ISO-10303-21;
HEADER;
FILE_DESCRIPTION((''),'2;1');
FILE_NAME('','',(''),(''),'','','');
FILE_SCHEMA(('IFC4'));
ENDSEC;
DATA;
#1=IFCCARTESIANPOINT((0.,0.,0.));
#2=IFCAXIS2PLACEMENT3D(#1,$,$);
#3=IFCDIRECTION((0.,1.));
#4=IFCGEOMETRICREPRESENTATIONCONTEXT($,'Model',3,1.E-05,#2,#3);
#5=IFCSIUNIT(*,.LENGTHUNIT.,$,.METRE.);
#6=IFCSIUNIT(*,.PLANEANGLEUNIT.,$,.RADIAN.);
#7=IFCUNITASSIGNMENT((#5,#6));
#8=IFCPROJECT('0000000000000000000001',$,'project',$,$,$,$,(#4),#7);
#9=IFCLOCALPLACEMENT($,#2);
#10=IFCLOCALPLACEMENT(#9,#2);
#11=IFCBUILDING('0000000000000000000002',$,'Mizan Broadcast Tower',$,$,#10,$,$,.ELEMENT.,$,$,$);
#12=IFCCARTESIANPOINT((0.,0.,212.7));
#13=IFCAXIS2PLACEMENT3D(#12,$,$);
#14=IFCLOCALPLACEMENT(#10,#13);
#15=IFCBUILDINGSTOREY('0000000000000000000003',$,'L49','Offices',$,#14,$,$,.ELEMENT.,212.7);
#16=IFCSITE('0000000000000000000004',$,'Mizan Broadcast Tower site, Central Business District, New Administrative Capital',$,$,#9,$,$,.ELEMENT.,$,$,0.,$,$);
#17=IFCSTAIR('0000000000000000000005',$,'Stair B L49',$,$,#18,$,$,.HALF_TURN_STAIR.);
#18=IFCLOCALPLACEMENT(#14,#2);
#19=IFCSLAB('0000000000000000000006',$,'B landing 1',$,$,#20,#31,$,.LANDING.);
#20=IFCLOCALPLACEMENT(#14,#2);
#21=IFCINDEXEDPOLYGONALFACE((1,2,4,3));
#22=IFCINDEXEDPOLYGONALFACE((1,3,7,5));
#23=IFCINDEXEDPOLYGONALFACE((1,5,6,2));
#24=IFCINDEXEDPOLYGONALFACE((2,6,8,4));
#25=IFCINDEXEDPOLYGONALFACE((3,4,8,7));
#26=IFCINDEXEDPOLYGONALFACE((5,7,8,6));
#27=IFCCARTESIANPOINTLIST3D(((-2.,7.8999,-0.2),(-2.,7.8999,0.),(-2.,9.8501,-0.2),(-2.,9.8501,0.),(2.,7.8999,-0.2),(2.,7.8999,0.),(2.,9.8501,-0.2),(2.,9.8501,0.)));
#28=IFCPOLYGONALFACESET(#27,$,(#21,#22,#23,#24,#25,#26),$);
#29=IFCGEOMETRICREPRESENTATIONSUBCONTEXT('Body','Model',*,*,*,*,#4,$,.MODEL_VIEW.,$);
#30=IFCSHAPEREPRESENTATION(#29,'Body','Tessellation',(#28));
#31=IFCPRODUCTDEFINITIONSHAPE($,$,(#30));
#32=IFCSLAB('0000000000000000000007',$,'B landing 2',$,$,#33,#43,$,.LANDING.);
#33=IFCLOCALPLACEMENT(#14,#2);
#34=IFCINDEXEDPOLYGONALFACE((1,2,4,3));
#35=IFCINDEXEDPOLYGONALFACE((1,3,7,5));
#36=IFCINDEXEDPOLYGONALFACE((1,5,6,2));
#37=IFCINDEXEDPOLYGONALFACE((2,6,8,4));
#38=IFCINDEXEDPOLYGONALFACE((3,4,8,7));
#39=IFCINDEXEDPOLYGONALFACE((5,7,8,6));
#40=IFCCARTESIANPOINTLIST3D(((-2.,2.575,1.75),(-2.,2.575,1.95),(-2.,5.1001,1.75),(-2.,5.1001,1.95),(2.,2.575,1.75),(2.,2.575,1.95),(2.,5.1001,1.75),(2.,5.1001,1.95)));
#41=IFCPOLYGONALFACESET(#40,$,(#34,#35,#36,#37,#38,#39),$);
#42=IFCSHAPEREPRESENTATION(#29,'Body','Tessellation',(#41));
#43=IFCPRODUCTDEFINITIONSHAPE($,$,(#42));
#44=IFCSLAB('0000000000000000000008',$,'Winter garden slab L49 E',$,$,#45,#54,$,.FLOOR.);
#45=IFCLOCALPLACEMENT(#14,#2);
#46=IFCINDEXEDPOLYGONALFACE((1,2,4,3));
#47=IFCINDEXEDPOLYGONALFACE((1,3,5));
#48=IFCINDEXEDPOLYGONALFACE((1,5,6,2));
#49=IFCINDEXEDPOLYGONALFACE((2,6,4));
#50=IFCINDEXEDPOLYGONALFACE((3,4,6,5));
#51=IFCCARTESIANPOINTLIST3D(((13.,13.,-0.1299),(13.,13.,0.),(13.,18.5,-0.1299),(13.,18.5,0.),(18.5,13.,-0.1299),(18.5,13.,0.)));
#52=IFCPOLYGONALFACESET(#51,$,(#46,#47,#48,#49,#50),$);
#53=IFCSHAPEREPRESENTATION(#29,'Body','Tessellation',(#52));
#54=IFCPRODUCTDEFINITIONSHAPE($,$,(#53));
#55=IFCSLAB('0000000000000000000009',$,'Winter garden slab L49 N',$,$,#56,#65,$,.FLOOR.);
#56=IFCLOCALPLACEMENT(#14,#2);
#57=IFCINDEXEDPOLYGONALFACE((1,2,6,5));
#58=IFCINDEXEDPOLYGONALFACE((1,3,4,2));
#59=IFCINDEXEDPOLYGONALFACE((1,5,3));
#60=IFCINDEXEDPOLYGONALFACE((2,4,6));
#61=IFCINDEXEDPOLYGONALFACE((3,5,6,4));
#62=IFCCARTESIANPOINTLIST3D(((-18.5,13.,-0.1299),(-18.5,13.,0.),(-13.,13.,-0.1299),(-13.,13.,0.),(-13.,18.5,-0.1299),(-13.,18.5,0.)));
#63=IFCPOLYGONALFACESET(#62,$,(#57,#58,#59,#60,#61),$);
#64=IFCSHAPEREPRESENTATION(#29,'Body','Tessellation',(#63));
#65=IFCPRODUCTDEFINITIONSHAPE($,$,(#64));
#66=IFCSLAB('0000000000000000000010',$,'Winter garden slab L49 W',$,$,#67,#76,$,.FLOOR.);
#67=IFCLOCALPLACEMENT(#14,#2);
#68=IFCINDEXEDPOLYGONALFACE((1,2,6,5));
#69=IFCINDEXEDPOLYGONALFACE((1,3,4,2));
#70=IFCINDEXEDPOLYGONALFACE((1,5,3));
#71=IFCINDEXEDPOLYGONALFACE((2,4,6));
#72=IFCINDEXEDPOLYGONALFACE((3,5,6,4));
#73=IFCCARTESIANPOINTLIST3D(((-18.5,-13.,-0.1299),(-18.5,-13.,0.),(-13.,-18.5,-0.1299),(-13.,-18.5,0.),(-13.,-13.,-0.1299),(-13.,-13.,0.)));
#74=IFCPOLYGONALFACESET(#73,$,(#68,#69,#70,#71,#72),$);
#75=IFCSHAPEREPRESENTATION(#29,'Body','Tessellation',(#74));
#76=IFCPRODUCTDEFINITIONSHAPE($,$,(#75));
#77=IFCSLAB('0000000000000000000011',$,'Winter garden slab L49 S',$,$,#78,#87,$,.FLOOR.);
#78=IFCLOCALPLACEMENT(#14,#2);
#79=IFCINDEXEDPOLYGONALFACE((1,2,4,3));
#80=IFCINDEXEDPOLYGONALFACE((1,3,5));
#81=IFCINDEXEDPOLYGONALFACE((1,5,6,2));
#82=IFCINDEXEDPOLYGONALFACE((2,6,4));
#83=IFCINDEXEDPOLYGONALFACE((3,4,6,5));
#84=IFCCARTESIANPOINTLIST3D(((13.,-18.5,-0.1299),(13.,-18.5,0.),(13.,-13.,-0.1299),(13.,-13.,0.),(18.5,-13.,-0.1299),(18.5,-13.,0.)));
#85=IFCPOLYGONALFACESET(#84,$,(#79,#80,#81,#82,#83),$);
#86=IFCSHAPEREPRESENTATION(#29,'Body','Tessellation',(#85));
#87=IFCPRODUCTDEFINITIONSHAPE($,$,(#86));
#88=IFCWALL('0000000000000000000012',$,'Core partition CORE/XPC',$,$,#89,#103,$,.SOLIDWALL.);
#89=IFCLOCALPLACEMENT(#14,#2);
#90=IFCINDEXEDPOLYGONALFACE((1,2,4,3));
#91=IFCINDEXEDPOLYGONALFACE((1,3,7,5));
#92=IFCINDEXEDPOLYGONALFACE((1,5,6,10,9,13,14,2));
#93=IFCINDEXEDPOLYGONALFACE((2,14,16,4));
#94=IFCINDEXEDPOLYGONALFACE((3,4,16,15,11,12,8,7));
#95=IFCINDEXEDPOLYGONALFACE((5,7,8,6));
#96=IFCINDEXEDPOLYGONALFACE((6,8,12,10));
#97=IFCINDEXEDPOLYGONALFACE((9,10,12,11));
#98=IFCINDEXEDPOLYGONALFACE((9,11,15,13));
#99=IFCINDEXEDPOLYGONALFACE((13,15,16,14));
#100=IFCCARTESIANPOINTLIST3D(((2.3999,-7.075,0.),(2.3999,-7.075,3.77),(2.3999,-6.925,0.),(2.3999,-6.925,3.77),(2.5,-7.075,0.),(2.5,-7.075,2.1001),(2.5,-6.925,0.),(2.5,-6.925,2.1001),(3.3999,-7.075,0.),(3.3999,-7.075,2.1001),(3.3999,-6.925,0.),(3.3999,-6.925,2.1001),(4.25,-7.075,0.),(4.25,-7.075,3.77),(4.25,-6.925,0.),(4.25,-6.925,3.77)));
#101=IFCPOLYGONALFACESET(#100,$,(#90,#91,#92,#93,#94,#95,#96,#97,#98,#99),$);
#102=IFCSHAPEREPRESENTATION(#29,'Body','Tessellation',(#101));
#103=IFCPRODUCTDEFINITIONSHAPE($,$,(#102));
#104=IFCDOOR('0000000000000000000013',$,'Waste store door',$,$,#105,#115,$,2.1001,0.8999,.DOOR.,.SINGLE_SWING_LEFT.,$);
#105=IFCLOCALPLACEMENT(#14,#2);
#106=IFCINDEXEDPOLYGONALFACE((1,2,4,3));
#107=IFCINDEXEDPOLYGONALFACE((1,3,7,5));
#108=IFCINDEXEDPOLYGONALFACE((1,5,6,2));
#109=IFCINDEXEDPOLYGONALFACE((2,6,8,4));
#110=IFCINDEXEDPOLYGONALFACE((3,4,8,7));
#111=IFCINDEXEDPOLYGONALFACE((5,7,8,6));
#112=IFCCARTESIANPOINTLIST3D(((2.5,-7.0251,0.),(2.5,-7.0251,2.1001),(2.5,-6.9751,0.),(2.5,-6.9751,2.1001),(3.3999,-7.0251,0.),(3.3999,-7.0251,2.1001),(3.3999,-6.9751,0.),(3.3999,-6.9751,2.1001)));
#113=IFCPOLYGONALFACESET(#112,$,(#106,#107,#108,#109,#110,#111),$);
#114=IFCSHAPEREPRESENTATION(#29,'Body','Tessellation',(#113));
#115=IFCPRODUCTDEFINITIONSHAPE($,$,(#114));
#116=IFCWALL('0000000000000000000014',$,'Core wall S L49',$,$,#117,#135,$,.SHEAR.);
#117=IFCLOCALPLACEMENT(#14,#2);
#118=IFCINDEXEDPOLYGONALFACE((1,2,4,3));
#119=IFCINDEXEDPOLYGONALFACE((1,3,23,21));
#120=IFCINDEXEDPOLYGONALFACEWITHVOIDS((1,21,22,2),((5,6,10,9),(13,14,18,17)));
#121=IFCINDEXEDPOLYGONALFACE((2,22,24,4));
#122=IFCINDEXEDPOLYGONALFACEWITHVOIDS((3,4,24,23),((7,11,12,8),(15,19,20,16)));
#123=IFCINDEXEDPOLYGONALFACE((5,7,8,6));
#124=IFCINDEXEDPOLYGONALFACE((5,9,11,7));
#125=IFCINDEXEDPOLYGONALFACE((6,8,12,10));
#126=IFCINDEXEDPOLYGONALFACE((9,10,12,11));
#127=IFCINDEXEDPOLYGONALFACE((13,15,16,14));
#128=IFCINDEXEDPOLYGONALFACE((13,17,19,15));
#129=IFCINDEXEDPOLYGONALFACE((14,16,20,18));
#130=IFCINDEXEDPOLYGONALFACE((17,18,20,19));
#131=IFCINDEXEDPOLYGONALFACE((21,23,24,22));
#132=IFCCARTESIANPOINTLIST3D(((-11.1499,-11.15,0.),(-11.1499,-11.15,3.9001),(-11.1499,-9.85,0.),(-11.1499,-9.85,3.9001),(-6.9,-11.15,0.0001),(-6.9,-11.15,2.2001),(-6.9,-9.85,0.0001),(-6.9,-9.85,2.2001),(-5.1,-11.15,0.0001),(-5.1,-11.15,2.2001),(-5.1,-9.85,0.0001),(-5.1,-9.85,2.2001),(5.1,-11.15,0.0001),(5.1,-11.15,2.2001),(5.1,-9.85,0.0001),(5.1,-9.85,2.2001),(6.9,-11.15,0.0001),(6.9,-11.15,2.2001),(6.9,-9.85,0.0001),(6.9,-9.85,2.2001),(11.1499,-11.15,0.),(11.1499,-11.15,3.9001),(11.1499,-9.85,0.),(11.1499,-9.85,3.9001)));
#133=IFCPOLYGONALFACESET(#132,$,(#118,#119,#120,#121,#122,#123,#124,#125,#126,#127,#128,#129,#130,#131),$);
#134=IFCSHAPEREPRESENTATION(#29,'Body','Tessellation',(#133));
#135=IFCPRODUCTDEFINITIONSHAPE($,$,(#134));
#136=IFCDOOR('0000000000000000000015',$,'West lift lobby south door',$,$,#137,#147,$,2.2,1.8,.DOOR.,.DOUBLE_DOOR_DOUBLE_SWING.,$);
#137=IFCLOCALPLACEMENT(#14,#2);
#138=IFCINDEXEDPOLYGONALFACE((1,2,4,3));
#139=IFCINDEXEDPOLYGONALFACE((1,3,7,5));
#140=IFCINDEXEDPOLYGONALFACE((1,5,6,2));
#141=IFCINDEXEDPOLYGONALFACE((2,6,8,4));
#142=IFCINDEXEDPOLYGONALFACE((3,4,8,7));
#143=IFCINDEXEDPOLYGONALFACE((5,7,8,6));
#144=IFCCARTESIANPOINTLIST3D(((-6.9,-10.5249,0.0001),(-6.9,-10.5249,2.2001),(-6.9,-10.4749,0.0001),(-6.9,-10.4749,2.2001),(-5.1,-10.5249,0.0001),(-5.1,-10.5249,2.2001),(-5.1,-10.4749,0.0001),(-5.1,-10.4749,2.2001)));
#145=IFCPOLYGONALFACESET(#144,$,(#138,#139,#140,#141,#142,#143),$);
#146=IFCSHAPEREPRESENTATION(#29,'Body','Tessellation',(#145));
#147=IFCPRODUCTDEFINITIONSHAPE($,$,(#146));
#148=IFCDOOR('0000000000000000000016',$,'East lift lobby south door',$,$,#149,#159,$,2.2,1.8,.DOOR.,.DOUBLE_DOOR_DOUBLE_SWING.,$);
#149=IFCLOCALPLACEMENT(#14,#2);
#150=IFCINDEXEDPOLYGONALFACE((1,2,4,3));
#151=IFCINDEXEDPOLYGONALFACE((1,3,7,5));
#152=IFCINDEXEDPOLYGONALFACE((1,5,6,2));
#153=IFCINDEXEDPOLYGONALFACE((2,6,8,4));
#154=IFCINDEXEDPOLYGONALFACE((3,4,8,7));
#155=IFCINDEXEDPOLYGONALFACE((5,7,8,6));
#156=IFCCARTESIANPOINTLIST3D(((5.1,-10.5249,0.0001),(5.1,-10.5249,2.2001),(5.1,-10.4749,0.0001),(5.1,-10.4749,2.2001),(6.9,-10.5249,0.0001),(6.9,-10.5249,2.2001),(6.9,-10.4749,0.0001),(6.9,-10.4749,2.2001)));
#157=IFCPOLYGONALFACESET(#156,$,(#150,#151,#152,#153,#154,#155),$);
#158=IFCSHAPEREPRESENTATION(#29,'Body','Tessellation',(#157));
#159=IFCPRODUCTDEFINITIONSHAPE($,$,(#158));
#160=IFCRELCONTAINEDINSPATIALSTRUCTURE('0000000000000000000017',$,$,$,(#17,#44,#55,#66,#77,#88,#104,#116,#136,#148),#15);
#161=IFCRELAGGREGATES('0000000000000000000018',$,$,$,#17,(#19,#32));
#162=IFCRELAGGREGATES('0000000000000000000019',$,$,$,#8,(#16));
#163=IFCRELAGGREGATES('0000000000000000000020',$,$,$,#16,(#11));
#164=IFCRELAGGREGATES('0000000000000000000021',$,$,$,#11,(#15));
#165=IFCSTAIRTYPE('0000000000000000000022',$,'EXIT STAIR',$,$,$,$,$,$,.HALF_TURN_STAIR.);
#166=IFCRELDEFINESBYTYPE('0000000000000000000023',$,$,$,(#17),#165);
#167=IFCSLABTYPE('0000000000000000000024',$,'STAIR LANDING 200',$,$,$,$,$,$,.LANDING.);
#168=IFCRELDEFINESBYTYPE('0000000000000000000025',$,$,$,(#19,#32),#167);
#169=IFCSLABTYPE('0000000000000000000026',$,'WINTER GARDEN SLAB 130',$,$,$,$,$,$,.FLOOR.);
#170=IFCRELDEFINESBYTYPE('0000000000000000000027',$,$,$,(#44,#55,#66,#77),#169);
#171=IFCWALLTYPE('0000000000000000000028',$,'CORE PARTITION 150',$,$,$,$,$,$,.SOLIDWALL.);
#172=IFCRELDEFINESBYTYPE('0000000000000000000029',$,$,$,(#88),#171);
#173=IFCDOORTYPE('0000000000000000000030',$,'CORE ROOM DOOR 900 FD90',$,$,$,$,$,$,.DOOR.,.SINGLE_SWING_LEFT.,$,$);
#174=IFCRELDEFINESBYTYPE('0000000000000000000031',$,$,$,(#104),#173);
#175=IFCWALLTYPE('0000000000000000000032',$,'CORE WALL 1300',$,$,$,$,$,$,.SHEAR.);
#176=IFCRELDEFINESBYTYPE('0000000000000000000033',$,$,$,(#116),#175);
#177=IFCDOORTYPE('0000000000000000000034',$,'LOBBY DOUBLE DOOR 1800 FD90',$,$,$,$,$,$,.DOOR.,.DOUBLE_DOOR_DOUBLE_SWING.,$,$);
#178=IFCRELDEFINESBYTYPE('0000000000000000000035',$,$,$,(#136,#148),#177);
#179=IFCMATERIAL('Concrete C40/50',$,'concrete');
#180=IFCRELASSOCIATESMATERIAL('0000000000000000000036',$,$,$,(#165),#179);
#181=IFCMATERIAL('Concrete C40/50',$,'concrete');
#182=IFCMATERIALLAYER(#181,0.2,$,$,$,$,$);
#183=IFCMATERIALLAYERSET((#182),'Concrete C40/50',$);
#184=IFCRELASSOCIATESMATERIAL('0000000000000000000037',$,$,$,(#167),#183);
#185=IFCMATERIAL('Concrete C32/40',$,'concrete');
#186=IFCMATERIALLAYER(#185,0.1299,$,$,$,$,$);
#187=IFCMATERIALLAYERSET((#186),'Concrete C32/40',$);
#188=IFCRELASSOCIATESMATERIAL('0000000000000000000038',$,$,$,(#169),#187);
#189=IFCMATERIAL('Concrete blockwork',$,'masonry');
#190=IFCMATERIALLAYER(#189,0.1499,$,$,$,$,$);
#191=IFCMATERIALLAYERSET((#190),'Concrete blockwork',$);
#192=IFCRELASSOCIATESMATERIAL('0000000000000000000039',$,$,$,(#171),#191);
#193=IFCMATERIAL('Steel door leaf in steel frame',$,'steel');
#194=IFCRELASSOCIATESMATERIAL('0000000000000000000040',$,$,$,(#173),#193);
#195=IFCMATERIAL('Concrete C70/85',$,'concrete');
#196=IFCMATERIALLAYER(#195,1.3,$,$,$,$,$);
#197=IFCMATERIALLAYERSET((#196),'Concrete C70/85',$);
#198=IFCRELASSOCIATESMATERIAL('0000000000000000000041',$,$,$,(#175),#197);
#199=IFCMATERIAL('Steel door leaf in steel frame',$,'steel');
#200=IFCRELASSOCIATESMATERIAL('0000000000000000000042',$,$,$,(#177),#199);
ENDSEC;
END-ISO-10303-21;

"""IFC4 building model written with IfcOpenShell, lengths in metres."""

from ifc_helpers import new_model, si_unit, direction, frame, frame_2d, origin, place, context, subcontext, project, spatial, polyline, rectangle, outline, extrude, material, layer, layer_set, type_object, element, fill, aggregate, save


model = new_model("IFC4")

# Units and contexts
model_context = context("Model", 3, precision=1e-05, world=origin(), true_north=direction((0.0, 1.0)))
body_context = subcontext(model_context, "Body", "Model", "MODEL_VIEW")
ifc_project = project(units=[si_unit("LENGTHUNIT", "METRE"), si_unit("PLANEANGLEUNIT", "RADIAN")], contexts=[model_context])

# Site, building, storey
site_placement = place(None, origin())
site = spatial("IfcSite", under=ifc_project, at=site_placement, Name="Mizan Broadcast Tower site, Central Business District, New Administrative Capital", CompositionType="ELEMENT", RefElevation=0.0)
building_placement = place(site_placement, origin())
building = spatial("IfcBuilding", under=site, at=building_placement, Name="Mizan Broadcast Tower", CompositionType="ELEMENT")
storey_placement = place(building_placement, frame((0.0, 0.0, 212.7)))
storey = spatial("IfcBuildingStorey", under=building, at=storey_placement, Name="L49", Description="Offices", CompositionType="ELEMENT", Elevation=212.7)

# Stair, slabs
ifc_material_1 = material(Name="Concrete C40/50", Category="concrete")
stair_type = type_object("IfcStairType", Name="EXIT STAIR", PredefinedType="HALF_TURN_STAIR", material=ifc_material_1)
ifc_material_2 = material(Name="Concrete C40/50", Category="concrete")
ifc_layer_1 = layer(ifc_material_2, 0.2)
ifc_layer_set_1 = layer_set([ifc_layer_1], Name="Concrete C40/50")
slab_type_1 = type_object("IfcSlabType", Name="STAIR LANDING 200", PredefinedType="LANDING", material=ifc_layer_set_1)
stair_1_placement = place(storey_placement, origin())
stair_1 = element("IfcStair", 1, at=stair_1_placement, inside=storey, type_object=stair_type, Name="Stair B L49", PredefinedType="HALF_TURN_STAIR")
slab_1_placement = place(storey_placement, frame((0.0, 0.0, -0.2)))
slab_1 = element("IfcSlab", 2, at=slab_1_placement, type_object=slab_type_1, Name="B landing 1", PredefinedType="LANDING", context=body_context, shape_type="SweptSolid", body=[
    extrude(outline(polyline([(2.0, 9.8501), (2.0, 7.8999), (-2.0, 7.8999), (-2.0, 9.8501), (2.0, 9.8501)])), origin(), (0.0, 0.0, 1.0), 0.2),
])
slab_2_placement = place(storey_placement, frame((0.0, 0.0, 1.75)))
slab_2 = element("IfcSlab", 3, at=slab_2_placement, type_object=slab_type_1, Name="B landing 2", PredefinedType="LANDING", context=body_context, shape_type="SweptSolid", body=[
    extrude(outline(polyline([(2.0, 5.1001), (2.0, 2.575), (-2.0, 2.575), (-2.0, 5.1001), (2.0, 5.1001)])), origin(), (0.0, 0.0, 1.0), 0.2),
])
aggregate(stair_1, [slab_1, slab_2])

# Slabs
ifc_material_3 = material(Name="Concrete C32/40", Category="concrete")
ifc_layer_2 = layer(ifc_material_3, 0.1299)
ifc_layer_set_2 = layer_set([ifc_layer_2], Name="Concrete C32/40")
slab_type_2 = type_object("IfcSlabType", Name="WINTER GARDEN SLAB 130", PredefinedType="FLOOR", material=ifc_layer_set_2)
slab_3_placement = place(storey_placement, frame((0.0, 0.0, -0.1299)))
element("IfcSlab", 4, at=slab_3_placement, inside=storey, type_object=slab_type_2, Name="Winter garden slab L49 E", PredefinedType="FLOOR", context=body_context, shape_type="SweptSolid", body=[
    extrude(outline(polyline([(13.0, 13.0), (18.5, 13.0), (13.0, 18.5), (13.0, 13.0)])), origin(), (0.0, 0.0, 1.0), 0.1299),
])
slab_4_placement = place(storey_placement, frame((0.0, 0.0, -0.1299)))
element("IfcSlab", 5, at=slab_4_placement, inside=storey, type_object=slab_type_2, Name="Winter garden slab L49 N", PredefinedType="FLOOR", context=body_context, shape_type="SweptSolid", body=[
    extrude(outline(polyline([(-13.0, 13.0), (-13.0, 18.5), (-18.5, 13.0), (-13.0, 13.0)])), origin(), (0.0, 0.0, 1.0), 0.1299),
])
slab_5_placement = place(storey_placement, frame((0.0, 0.0, -0.1299)))
element("IfcSlab", 6, at=slab_5_placement, inside=storey, type_object=slab_type_2, Name="Winter garden slab L49 W", PredefinedType="FLOOR", context=body_context, shape_type="SweptSolid", body=[
    extrude(outline(polyline([(-13.0, -13.0), (-18.5, -13.0), (-13.0, -18.5), (-13.0, -13.0)])), origin(), (0.0, 0.0, 1.0), 0.1299),
])
slab_6_placement = place(storey_placement, frame((0.0, 0.0, -0.1299)))
element("IfcSlab", 7, at=slab_6_placement, inside=storey, type_object=slab_type_2, Name="Winter garden slab L49 S", PredefinedType="FLOOR", context=body_context, shape_type="SweptSolid", body=[
    extrude(outline(polyline([(13.0, -13.0), (13.0, -18.5), (18.5, -13.0), (13.0, -13.0)])), origin(), (0.0, 0.0, 1.0), 0.1299),
])

# Wall, opening, door
ifc_material_4 = material(Name="Concrete blockwork", Category="masonry")
ifc_layer_3 = layer(ifc_material_4, 0.1499)
ifc_layer_set_3 = layer_set([ifc_layer_3], Name="Concrete blockwork")
wall_type_1 = type_object("IfcWallType", Name="CORE PARTITION 150", PredefinedType="SOLIDWALL", material=ifc_layer_set_3)
wall_1_placement = place(storey_placement, frame((2.3999, -7.0, 0.0), z_axis=(0.0, 0.0, 1.0), x_axis=(1.0, 0.0, 0.0)))
wall_1 = element("IfcWall", 8, at=wall_1_placement, inside=storey, type_object=wall_type_1, Name="Core partition CORE/XPC", PredefinedType="SOLIDWALL", context=body_context, shape_type="SweptSolid", body=[
    extrude(rectangle(XDim=1.8501, YDim=0.1499, at=frame_2d((0.925, 0.0))), origin(), (0.0, 0.0, 1.0), 3.77),
])
opening_1_placement = place(wall_1_placement, frame((0.1001, 0.0, 0.0)))
opening_1 = element("IfcOpeningElement", 9, at=opening_1_placement, cuts=wall_1, PredefinedType="OPENING", context=body_context, shape_type="SweptSolid", body=[
    extrude(rectangle(XDim=0.8999, YDim=2.1001, at=frame_2d((0.45, 1.05))), frame((0.0, 0.085, 0.0), z_axis=(0.0, -1.0, 0.0), x_axis=(1.0, 0.0, 0.0)), (0.0, 0.0, 1.0), 0.1699),
])
ifc_material_5 = material(Name="Steel door leaf in steel frame", Category="steel")
door_type_1 = type_object("IfcDoorType", Name="CORE ROOM DOOR 900 FD90", OperationType="SINGLE_SWING_LEFT", PredefinedType="DOOR", material=ifc_material_5)
door_1_placement = place(opening_1_placement, origin())
door_1 = element("IfcDoor", 10, at=door_1_placement, inside=storey, type_object=door_type_1, Name="Waste store door", OperationType="SINGLE_SWING_LEFT", OverallHeight=2.1001, OverallWidth=0.8999, PredefinedType="DOOR", context=body_context, shape_type="SweptSolid", body=[
    extrude(rectangle(XDim=0.8999, YDim=2.1001, at=frame_2d((0.45, 1.05))), frame((0.0, 0.0249, 0.0), z_axis=(0.0, -1.0, 0.0), x_axis=(1.0, 0.0, 0.0)), (0.0, 0.0, 1.0), 0.05),
])
fill(opening_1, door_1)

# Wall, openings, doors
ifc_material_6 = material(Name="Concrete C70/85", Category="concrete")
ifc_layer_4 = layer(ifc_material_6, 1.3)
ifc_layer_set_4 = layer_set([ifc_layer_4], Name="Concrete C70/85")
wall_type_2 = type_object("IfcWallType", Name="CORE WALL 1300", PredefinedType="SHEAR", material=ifc_layer_set_4)
wall_2_placement = place(storey_placement, frame((11.1499, -10.5, 0.0), z_axis=(0.0, 0.0, 1.0), x_axis=(-1.0, 0.0, 0.0)))
wall_2 = element("IfcWall", 11, at=wall_2_placement, inside=storey, type_object=wall_type_2, Name="Core wall S L49", PredefinedType="SHEAR", context=body_context, shape_type="SweptSolid", body=[
    extrude(rectangle(XDim=22.2998, YDim=1.3, at=frame_2d((11.1499, 0.0))), origin(), (0.0, 0.0, 1.0), 3.9001),
])
opening_2_placement = place(wall_2_placement, frame((16.25, 0.0, 0.0)))
opening_2 = element("IfcOpeningElement", 12, at=opening_2_placement, cuts=wall_2, PredefinedType="OPENING", context=body_context, shape_type="SweptSolid", body=[
    extrude(rectangle(XDim=1.8, YDim=2.2, at=frame_2d((0.8999, 1.1001))), frame((0.0, 0.6599, 0.0), z_axis=(0.0, -1.0, 0.0), x_axis=(1.0, 0.0, 0.0)), (0.0, 0.0, 1.0), 1.3201),
])
opening_3_placement = place(wall_2_placement, frame((4.25, 0.0, 0.0)))
opening_3 = element("IfcOpeningElement", 13, at=opening_3_placement, cuts=wall_2, PredefinedType="OPENING", context=body_context, shape_type="SweptSolid", body=[
    extrude(rectangle(XDim=1.8, YDim=2.2, at=frame_2d((0.8999, 1.1001))), frame((0.0, 0.6599, 0.0), z_axis=(0.0, -1.0, 0.0), x_axis=(1.0, 0.0, 0.0)), (0.0, 0.0, 1.0), 1.3201),
])
ifc_material_7 = material(Name="Steel door leaf in steel frame", Category="steel")
door_type_2 = type_object("IfcDoorType", Name="LOBBY DOUBLE DOOR 1800 FD90", OperationType="DOUBLE_DOOR_DOUBLE_SWING", PredefinedType="DOOR", material=ifc_material_7)
door_2_placement = place(opening_2_placement, origin())
door_2 = element("IfcDoor", 14, at=door_2_placement, inside=storey, type_object=door_type_2, Name="West lift lobby south door", OperationType="DOUBLE_DOOR_DOUBLE_SWING", OverallHeight=2.2, OverallWidth=1.8, PredefinedType="DOOR", context=body_context, shape_type="SweptSolid", body=[
    extrude(rectangle(XDim=1.8, YDim=2.2, at=frame_2d((0.8999, 1.1001))), frame((0.0, 0.0249, 0.0), z_axis=(0.0, -1.0, 0.0), x_axis=(1.0, 0.0, 0.0)), (0.0, 0.0, 1.0), 0.05),
])
fill(opening_2, door_2)
door_3_placement = place(opening_3_placement, origin())
door_3 = element("IfcDoor", 15, at=door_3_placement, inside=storey, type_object=door_type_2, Name="East lift lobby south door", OperationType="DOUBLE_DOOR_DOUBLE_SWING", OverallHeight=2.2, OverallWidth=1.8, PredefinedType="DOOR", context=body_context, shape_type="SweptSolid", body=[
    extrude(rectangle(XDim=1.8, YDim=2.2, at=frame_2d((0.8999, 1.1001))), frame((0.0, 0.0249, 0.0), z_axis=(0.0, -1.0, 0.0), x_axis=(1.0, 0.0, 0.0)), (0.0, 0.0, 1.0), 0.05),
])
fill(opening_3, door_3)

save(model, "model.ifc")
